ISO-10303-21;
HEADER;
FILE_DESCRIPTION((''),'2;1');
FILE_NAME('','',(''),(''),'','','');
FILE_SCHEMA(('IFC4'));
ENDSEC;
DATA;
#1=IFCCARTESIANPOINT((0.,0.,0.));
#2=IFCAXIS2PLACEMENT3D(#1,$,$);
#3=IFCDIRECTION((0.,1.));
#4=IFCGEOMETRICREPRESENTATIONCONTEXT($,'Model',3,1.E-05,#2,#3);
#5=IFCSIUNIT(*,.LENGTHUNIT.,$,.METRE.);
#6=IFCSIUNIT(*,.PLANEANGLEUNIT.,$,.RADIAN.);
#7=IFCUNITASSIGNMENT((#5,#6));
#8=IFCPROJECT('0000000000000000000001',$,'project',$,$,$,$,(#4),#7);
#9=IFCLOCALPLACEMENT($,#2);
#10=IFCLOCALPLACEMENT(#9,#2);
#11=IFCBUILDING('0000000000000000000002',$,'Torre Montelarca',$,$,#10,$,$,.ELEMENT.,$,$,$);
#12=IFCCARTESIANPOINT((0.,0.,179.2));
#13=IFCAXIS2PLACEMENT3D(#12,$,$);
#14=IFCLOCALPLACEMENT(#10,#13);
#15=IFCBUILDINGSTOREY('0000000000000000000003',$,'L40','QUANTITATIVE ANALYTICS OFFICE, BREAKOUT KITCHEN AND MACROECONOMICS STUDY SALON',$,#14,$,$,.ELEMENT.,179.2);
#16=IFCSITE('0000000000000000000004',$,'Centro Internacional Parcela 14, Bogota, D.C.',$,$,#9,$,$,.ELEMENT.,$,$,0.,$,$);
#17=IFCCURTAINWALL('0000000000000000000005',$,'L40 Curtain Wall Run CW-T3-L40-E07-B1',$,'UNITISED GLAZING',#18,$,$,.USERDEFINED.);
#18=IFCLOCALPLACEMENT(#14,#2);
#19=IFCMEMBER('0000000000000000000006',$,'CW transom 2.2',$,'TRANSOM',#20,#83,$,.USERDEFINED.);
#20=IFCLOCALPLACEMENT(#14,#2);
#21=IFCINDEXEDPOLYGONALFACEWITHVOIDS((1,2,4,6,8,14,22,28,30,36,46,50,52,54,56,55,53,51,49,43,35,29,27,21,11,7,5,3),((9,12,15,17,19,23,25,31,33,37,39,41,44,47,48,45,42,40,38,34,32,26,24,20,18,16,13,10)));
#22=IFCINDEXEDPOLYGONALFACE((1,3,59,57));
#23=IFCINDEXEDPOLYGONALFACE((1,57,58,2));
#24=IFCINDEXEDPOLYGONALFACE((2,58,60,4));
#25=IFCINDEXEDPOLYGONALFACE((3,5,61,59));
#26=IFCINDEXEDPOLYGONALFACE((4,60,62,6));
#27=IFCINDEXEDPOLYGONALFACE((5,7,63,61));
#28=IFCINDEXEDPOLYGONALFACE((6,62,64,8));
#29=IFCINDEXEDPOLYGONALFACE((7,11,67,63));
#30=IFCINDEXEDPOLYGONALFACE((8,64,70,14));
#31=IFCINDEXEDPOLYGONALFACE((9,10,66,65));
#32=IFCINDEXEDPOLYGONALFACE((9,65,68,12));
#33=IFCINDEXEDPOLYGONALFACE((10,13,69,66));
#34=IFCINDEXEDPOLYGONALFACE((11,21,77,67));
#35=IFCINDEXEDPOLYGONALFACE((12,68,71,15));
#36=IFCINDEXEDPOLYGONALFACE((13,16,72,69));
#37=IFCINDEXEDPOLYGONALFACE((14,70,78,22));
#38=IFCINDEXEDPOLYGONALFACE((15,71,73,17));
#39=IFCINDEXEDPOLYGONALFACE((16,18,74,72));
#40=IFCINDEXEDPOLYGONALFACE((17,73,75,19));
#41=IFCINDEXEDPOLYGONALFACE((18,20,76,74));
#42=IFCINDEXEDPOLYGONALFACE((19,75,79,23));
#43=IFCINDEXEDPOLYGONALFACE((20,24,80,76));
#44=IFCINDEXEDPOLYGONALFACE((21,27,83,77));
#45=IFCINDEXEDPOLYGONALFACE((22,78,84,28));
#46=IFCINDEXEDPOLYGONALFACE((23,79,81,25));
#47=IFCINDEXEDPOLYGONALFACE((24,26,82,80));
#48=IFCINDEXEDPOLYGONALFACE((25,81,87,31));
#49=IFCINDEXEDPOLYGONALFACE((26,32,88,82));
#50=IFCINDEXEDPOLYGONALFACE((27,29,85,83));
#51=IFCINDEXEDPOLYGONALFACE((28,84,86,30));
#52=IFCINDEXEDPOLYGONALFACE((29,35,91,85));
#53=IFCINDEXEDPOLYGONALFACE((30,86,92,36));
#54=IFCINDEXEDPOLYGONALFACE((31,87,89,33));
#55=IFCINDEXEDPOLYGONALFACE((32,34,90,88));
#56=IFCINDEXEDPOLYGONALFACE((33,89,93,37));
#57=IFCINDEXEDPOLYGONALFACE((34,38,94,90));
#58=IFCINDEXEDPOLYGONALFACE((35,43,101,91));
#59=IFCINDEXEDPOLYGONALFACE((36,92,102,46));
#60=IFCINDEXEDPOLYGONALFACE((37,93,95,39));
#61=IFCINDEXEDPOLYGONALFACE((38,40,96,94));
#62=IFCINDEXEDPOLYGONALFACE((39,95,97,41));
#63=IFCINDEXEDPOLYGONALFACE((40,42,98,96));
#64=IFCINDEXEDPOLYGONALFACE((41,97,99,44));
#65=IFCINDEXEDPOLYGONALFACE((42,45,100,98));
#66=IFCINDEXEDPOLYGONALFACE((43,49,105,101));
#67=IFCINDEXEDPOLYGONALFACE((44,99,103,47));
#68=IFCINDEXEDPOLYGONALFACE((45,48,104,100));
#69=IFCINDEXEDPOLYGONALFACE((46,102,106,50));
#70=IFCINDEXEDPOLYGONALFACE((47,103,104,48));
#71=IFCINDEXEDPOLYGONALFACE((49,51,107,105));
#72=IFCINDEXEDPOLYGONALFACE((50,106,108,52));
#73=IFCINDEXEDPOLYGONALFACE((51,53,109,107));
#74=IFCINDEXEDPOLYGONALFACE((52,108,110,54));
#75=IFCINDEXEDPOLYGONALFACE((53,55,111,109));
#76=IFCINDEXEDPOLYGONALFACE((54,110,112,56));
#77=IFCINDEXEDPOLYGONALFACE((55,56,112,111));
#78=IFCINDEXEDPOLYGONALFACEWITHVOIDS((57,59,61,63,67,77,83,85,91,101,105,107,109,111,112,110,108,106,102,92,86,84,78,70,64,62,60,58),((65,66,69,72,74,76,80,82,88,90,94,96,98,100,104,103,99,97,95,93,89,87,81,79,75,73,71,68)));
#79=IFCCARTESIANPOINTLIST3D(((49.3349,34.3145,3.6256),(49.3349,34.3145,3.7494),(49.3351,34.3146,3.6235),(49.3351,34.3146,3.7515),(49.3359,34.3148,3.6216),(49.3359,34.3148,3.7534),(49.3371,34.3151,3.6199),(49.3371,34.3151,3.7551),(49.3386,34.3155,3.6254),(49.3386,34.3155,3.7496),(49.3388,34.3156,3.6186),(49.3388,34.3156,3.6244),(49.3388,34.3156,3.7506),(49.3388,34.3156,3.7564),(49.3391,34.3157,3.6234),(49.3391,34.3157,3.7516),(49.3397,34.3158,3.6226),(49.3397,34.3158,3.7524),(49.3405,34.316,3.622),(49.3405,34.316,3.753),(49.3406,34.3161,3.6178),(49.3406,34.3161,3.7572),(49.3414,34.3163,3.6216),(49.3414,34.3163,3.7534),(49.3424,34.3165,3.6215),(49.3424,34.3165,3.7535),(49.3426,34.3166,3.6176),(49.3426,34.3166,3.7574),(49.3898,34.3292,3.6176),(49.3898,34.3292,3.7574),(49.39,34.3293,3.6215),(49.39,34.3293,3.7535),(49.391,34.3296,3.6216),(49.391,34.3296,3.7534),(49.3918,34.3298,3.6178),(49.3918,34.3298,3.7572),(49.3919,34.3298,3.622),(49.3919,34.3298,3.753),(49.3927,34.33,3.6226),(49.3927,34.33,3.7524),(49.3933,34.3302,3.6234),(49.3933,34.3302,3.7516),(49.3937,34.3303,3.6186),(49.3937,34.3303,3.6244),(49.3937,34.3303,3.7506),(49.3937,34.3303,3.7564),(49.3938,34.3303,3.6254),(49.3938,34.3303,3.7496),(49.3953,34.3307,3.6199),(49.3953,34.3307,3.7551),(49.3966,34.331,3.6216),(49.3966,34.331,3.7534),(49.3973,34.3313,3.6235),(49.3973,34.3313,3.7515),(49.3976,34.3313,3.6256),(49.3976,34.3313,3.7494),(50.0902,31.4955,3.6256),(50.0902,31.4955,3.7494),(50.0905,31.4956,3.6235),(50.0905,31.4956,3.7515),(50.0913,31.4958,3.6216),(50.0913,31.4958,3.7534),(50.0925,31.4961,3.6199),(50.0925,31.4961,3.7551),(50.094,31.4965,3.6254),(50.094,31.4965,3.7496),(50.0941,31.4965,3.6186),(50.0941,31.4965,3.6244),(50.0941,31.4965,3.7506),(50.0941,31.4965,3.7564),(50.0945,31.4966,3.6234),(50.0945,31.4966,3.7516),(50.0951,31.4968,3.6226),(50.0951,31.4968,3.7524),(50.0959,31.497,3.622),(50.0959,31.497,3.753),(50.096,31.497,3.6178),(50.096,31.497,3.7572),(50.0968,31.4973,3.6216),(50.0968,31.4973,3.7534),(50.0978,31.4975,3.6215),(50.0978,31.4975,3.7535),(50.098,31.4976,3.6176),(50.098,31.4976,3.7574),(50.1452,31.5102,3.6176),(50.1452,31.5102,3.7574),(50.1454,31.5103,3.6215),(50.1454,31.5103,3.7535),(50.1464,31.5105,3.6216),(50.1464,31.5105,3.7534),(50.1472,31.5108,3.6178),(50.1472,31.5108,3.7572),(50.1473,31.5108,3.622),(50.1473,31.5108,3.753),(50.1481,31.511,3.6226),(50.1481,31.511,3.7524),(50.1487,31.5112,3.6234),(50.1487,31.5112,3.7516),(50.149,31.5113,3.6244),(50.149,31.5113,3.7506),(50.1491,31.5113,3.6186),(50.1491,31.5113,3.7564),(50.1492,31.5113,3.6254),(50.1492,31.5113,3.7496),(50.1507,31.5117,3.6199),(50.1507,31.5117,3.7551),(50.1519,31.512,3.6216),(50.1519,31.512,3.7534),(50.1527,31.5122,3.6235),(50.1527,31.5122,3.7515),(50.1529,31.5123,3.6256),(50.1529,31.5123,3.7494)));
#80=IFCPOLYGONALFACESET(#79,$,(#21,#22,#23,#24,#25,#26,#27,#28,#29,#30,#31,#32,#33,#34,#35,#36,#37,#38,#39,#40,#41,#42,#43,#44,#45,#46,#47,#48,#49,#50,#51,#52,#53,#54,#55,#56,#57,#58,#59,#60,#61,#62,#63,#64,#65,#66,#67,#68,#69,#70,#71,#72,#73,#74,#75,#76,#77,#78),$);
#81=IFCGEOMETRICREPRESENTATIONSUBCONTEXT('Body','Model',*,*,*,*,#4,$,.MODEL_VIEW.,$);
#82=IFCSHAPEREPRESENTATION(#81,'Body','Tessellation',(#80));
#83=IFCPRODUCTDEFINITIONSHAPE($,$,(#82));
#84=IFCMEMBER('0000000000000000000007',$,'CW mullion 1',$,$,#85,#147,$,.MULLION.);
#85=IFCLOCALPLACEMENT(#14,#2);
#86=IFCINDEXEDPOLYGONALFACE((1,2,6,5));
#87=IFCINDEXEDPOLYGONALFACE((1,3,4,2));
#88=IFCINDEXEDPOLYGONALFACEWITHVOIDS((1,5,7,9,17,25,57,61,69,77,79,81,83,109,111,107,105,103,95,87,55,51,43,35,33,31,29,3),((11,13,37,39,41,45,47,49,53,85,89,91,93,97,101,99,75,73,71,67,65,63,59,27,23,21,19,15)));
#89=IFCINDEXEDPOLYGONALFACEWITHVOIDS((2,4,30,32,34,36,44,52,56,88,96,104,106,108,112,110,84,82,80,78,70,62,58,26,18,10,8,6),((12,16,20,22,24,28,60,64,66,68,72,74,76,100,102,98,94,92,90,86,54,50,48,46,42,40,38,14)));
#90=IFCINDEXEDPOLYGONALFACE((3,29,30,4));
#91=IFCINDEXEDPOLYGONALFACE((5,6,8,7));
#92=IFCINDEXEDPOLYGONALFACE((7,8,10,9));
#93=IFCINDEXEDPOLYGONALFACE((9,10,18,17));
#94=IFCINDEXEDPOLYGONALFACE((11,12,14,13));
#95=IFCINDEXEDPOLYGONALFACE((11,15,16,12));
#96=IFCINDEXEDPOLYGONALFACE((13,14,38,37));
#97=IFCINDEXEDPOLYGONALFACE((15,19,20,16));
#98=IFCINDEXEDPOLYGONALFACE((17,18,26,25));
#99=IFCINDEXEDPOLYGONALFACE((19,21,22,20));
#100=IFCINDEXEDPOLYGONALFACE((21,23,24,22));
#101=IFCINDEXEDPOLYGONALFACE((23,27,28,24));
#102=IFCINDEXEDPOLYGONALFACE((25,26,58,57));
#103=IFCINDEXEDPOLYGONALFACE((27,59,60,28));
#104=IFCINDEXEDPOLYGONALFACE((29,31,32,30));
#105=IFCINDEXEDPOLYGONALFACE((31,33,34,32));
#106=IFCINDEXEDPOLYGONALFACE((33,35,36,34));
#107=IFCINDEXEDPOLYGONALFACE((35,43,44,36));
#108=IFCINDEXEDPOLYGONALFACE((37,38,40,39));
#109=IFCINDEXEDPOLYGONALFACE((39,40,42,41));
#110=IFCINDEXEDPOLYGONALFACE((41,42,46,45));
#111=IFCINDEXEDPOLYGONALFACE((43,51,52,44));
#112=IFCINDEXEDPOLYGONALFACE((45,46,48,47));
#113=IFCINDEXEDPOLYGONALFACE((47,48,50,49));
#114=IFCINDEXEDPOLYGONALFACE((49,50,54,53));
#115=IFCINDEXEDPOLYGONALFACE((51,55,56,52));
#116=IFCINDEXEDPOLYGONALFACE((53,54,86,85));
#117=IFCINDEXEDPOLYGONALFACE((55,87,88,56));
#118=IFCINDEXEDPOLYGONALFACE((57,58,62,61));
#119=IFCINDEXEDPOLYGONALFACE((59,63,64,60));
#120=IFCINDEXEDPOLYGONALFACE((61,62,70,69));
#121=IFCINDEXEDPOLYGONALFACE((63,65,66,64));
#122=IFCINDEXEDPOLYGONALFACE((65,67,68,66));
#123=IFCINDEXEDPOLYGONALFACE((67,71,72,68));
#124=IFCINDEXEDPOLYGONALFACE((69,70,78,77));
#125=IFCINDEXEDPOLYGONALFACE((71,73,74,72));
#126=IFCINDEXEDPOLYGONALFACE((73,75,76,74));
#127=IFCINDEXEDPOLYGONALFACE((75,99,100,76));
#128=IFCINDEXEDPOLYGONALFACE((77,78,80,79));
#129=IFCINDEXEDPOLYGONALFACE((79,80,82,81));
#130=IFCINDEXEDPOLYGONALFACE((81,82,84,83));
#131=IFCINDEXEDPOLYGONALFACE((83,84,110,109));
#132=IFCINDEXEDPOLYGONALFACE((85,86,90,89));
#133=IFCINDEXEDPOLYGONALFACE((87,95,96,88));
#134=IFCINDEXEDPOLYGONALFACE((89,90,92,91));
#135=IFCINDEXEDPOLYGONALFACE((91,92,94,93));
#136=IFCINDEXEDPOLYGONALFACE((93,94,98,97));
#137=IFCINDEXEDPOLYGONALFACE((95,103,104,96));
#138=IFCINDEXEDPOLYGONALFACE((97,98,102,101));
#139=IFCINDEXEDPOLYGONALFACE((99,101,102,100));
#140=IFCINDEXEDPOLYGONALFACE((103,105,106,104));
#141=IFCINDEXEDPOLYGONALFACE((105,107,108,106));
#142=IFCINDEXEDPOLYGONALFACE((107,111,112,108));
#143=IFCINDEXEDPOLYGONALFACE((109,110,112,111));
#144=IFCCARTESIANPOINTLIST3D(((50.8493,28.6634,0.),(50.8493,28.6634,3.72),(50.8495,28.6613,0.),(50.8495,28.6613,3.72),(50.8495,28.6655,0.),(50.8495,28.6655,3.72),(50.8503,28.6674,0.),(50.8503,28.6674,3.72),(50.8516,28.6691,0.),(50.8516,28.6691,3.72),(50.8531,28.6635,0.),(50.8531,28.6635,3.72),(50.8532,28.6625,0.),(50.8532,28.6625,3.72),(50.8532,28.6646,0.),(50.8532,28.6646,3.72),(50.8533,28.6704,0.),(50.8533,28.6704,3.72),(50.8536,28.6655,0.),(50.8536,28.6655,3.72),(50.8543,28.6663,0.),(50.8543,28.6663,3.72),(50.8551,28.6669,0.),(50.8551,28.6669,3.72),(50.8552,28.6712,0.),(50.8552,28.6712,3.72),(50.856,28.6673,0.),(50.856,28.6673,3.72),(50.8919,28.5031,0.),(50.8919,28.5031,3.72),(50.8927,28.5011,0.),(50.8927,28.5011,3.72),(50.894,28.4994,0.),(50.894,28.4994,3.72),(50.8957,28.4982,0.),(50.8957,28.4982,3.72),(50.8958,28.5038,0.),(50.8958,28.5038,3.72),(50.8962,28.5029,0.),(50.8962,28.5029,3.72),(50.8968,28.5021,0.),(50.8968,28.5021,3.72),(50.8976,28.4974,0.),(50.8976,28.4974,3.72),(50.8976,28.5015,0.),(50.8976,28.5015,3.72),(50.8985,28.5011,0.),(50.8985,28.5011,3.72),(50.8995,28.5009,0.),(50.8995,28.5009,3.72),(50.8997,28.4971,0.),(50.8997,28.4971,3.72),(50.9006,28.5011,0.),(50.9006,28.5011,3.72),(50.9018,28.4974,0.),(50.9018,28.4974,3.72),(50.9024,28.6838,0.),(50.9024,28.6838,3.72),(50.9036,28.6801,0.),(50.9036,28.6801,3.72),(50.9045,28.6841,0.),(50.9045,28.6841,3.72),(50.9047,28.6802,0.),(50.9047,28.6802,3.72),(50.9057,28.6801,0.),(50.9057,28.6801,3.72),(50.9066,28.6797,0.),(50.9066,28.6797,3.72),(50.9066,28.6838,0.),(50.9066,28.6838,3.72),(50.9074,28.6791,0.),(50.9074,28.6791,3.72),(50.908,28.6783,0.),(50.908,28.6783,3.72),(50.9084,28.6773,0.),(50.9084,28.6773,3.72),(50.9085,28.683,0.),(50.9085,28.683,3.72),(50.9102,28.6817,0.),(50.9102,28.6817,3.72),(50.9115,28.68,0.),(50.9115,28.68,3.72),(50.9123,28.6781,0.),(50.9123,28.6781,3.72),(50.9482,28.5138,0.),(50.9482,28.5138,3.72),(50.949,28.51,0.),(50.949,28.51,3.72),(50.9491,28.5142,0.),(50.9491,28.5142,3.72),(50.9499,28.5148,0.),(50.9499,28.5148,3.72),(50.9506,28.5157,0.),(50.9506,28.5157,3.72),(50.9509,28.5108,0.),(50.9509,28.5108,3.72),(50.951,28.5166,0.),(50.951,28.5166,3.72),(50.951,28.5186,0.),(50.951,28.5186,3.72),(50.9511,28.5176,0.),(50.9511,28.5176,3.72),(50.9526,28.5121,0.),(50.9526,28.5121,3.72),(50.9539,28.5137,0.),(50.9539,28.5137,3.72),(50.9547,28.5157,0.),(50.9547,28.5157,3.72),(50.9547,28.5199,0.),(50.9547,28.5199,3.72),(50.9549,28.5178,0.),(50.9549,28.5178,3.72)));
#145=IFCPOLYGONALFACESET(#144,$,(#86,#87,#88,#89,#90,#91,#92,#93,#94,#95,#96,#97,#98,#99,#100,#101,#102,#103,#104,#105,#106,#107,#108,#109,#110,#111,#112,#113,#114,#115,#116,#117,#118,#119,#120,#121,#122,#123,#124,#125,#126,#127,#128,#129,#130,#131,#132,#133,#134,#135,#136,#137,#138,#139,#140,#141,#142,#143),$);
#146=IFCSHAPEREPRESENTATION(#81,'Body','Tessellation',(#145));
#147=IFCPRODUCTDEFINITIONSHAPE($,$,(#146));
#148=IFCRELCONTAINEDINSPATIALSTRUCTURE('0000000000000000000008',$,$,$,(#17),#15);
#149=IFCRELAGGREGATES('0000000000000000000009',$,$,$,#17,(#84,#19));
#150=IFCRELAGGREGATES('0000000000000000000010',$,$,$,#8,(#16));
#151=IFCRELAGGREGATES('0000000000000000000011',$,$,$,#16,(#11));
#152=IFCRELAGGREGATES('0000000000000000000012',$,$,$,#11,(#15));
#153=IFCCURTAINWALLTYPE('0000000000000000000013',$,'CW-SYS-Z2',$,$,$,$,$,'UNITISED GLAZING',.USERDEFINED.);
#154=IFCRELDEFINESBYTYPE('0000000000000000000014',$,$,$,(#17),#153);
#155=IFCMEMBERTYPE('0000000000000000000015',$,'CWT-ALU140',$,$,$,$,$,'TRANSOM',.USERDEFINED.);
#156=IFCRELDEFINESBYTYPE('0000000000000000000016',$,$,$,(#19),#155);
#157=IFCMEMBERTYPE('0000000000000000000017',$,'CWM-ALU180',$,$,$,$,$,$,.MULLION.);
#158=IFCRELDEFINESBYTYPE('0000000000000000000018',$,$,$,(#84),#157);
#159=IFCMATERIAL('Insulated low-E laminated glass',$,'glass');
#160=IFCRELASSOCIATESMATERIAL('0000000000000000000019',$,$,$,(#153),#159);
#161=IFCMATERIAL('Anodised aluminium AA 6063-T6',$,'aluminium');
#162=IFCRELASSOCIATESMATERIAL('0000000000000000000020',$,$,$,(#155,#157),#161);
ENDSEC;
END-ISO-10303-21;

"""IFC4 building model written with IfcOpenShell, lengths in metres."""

from ifc_helpers import new_model, si_unit, direction, frame, origin, origin_2d, place, context, subcontext, project, spatial, hollow_rectangle, extrude, source, transform, mapped, material, material_profile, profile_set, type_object, element, aggregate, save


model = new_model("IFC4")

# Units and contexts
model_context = context("Model", 3, precision=1e-05, world=origin(), true_north=direction((0.0, 1.0)))
body_context = subcontext(model_context, "Body", "Model", "MODEL_VIEW")
ifc_project = project(units=[si_unit("LENGTHUNIT", "METRE"), si_unit("PLANEANGLEUNIT", "RADIAN")], contexts=[model_context])

# Site, building, storey
site_placement = place(None, origin())
site = spatial("IfcSite", under=ifc_project, at=site_placement, Name="Centro Internacional Parcela 14, Bogota, D.C.", CompositionType="ELEMENT", RefElevation=0.0)
building_placement = place(site_placement, origin())
building = spatial("IfcBuilding", under=site, at=building_placement, Name="Torre Montelarca", CompositionType="ELEMENT")
storey_placement = place(building_placement, frame((0.0, 0.0, 179.2)))
storey = spatial("IfcBuildingStorey", under=building, at=storey_placement, Name="L40", Description="QUANTITATIVE ANALYTICS OFFICE, BREAKOUT KITCHEN AND MACROECONOMICS STUDY SALON", CompositionType="ELEMENT", Elevation=179.2)

# Curtain wall, members
ifc_material_1 = material(Name="Insulated low-E laminated glass", Category="glass")
curtain_wall_type = type_object("IfcCurtainWallType", Name="CW-SYS-Z2", ElementType="UNITISED GLAZING", PredefinedType="USERDEFINED", material=ifc_material_1)
curtain_wall_1_placement = place(storey_placement, origin())
curtain_wall_1 = element("IfcCurtainWall", 1, at=curtain_wall_1_placement, inside=storey, type_object=curtain_wall_type, Name="L40 Curtain Wall Run CW-T3-L40-E07-B1", ObjectType="UNITISED GLAZING", PredefinedType="USERDEFINED")
ifc_material_2 = material(Name="Anodised aluminium AA 6063-T6", Category="aluminium")
ifc_material_profile_1 = material_profile(ifc_material_2, hollow_rectangle(XDim=0.0649, YDim=0.1399, WallThickness=0.0039, InnerFilletRadius=0.0039, OuterFilletRadius=0.0081, at=origin_2d()), Name="ALU65X140X4", Category="aluminium")
ifc_profile_set_1 = profile_set([ifc_material_profile_1], Name="Anodised aluminium AA 6063-T6")
member_type_1 = type_object("IfcMemberType", Name="CWT-ALU140", ElementType="TRANSOM", PredefinedType="USERDEFINED", material=ifc_profile_set_1)
shared_shape_1 = source(origin(), body_context, "Body", "SweptSolid", [
    extrude(hollow_rectangle(XDim=0.0649, YDim=0.1399, WallThickness=0.0039, InnerFilletRadius=0.0039, OuterFilletRadius=0.0081, at=origin_2d()), origin(), (0.0, 0.0, 1.0), 2.9185),
])
member_1_placement = place(storey_placement, frame((50.1216, 31.5039, 3.6875), z_axis=(-0.258818, 0.965926, 0.0), x_axis=(-0.965926, -0.258818, 0.0)))
member_1 = element("IfcMember", 2, at=member_1_placement, type_object=member_type_1, Name="CW transom 2.2", ObjectType="TRANSOM", PredefinedType="USERDEFINED", context=body_context, shape_type="MappedRepresentation", body=[
    mapped(shared_shape_1, transform((0.0, 0.0, 0.0), scale=1.0)),
])
ifc_material_profile_2 = material_profile(ifc_material_2, hollow_rectangle(XDim=0.0649, YDim=0.1799, WallThickness=0.0039, InnerFilletRadius=0.0039, OuterFilletRadius=0.0081, at=origin_2d()), Name="ALU65X180X4", Category="aluminium")
ifc_profile_set_2 = profile_set([ifc_material_profile_2], Name="Anodised aluminium AA 6063-T6")
member_type_2 = type_object("IfcMemberType", Name="CWM-ALU180", PredefinedType="MULLION", material=ifc_profile_set_2)
shared_shape_2 = source(origin(), body_context, "Body", "SweptSolid", [
    extrude(hollow_rectangle(XDim=0.0649, YDim=0.1799, WallThickness=0.0039, InnerFilletRadius=0.0039, OuterFilletRadius=0.0081, at=origin_2d()), origin(), (0.0, 0.0, 1.0), 3.72),
])
member_2_placement = place(storey_placement, frame((50.9021, 28.5906, 0.0), z_axis=(0.0, 0.0, 1.0), x_axis=(-0.965927, -0.258814, 0.0)))
member_2 = element("IfcMember", 3, at=member_2_placement, type_object=member_type_2, Name="CW mullion 1", PredefinedType="MULLION", context=body_context, shape_type="MappedRepresentation", body=[
    mapped(shared_shape_2, transform((0.0, 0.0, 0.0), scale=1.0)),
])

aggregate(curtain_wall_1, [member_2, member_1])

save(model, "model.ifc")
